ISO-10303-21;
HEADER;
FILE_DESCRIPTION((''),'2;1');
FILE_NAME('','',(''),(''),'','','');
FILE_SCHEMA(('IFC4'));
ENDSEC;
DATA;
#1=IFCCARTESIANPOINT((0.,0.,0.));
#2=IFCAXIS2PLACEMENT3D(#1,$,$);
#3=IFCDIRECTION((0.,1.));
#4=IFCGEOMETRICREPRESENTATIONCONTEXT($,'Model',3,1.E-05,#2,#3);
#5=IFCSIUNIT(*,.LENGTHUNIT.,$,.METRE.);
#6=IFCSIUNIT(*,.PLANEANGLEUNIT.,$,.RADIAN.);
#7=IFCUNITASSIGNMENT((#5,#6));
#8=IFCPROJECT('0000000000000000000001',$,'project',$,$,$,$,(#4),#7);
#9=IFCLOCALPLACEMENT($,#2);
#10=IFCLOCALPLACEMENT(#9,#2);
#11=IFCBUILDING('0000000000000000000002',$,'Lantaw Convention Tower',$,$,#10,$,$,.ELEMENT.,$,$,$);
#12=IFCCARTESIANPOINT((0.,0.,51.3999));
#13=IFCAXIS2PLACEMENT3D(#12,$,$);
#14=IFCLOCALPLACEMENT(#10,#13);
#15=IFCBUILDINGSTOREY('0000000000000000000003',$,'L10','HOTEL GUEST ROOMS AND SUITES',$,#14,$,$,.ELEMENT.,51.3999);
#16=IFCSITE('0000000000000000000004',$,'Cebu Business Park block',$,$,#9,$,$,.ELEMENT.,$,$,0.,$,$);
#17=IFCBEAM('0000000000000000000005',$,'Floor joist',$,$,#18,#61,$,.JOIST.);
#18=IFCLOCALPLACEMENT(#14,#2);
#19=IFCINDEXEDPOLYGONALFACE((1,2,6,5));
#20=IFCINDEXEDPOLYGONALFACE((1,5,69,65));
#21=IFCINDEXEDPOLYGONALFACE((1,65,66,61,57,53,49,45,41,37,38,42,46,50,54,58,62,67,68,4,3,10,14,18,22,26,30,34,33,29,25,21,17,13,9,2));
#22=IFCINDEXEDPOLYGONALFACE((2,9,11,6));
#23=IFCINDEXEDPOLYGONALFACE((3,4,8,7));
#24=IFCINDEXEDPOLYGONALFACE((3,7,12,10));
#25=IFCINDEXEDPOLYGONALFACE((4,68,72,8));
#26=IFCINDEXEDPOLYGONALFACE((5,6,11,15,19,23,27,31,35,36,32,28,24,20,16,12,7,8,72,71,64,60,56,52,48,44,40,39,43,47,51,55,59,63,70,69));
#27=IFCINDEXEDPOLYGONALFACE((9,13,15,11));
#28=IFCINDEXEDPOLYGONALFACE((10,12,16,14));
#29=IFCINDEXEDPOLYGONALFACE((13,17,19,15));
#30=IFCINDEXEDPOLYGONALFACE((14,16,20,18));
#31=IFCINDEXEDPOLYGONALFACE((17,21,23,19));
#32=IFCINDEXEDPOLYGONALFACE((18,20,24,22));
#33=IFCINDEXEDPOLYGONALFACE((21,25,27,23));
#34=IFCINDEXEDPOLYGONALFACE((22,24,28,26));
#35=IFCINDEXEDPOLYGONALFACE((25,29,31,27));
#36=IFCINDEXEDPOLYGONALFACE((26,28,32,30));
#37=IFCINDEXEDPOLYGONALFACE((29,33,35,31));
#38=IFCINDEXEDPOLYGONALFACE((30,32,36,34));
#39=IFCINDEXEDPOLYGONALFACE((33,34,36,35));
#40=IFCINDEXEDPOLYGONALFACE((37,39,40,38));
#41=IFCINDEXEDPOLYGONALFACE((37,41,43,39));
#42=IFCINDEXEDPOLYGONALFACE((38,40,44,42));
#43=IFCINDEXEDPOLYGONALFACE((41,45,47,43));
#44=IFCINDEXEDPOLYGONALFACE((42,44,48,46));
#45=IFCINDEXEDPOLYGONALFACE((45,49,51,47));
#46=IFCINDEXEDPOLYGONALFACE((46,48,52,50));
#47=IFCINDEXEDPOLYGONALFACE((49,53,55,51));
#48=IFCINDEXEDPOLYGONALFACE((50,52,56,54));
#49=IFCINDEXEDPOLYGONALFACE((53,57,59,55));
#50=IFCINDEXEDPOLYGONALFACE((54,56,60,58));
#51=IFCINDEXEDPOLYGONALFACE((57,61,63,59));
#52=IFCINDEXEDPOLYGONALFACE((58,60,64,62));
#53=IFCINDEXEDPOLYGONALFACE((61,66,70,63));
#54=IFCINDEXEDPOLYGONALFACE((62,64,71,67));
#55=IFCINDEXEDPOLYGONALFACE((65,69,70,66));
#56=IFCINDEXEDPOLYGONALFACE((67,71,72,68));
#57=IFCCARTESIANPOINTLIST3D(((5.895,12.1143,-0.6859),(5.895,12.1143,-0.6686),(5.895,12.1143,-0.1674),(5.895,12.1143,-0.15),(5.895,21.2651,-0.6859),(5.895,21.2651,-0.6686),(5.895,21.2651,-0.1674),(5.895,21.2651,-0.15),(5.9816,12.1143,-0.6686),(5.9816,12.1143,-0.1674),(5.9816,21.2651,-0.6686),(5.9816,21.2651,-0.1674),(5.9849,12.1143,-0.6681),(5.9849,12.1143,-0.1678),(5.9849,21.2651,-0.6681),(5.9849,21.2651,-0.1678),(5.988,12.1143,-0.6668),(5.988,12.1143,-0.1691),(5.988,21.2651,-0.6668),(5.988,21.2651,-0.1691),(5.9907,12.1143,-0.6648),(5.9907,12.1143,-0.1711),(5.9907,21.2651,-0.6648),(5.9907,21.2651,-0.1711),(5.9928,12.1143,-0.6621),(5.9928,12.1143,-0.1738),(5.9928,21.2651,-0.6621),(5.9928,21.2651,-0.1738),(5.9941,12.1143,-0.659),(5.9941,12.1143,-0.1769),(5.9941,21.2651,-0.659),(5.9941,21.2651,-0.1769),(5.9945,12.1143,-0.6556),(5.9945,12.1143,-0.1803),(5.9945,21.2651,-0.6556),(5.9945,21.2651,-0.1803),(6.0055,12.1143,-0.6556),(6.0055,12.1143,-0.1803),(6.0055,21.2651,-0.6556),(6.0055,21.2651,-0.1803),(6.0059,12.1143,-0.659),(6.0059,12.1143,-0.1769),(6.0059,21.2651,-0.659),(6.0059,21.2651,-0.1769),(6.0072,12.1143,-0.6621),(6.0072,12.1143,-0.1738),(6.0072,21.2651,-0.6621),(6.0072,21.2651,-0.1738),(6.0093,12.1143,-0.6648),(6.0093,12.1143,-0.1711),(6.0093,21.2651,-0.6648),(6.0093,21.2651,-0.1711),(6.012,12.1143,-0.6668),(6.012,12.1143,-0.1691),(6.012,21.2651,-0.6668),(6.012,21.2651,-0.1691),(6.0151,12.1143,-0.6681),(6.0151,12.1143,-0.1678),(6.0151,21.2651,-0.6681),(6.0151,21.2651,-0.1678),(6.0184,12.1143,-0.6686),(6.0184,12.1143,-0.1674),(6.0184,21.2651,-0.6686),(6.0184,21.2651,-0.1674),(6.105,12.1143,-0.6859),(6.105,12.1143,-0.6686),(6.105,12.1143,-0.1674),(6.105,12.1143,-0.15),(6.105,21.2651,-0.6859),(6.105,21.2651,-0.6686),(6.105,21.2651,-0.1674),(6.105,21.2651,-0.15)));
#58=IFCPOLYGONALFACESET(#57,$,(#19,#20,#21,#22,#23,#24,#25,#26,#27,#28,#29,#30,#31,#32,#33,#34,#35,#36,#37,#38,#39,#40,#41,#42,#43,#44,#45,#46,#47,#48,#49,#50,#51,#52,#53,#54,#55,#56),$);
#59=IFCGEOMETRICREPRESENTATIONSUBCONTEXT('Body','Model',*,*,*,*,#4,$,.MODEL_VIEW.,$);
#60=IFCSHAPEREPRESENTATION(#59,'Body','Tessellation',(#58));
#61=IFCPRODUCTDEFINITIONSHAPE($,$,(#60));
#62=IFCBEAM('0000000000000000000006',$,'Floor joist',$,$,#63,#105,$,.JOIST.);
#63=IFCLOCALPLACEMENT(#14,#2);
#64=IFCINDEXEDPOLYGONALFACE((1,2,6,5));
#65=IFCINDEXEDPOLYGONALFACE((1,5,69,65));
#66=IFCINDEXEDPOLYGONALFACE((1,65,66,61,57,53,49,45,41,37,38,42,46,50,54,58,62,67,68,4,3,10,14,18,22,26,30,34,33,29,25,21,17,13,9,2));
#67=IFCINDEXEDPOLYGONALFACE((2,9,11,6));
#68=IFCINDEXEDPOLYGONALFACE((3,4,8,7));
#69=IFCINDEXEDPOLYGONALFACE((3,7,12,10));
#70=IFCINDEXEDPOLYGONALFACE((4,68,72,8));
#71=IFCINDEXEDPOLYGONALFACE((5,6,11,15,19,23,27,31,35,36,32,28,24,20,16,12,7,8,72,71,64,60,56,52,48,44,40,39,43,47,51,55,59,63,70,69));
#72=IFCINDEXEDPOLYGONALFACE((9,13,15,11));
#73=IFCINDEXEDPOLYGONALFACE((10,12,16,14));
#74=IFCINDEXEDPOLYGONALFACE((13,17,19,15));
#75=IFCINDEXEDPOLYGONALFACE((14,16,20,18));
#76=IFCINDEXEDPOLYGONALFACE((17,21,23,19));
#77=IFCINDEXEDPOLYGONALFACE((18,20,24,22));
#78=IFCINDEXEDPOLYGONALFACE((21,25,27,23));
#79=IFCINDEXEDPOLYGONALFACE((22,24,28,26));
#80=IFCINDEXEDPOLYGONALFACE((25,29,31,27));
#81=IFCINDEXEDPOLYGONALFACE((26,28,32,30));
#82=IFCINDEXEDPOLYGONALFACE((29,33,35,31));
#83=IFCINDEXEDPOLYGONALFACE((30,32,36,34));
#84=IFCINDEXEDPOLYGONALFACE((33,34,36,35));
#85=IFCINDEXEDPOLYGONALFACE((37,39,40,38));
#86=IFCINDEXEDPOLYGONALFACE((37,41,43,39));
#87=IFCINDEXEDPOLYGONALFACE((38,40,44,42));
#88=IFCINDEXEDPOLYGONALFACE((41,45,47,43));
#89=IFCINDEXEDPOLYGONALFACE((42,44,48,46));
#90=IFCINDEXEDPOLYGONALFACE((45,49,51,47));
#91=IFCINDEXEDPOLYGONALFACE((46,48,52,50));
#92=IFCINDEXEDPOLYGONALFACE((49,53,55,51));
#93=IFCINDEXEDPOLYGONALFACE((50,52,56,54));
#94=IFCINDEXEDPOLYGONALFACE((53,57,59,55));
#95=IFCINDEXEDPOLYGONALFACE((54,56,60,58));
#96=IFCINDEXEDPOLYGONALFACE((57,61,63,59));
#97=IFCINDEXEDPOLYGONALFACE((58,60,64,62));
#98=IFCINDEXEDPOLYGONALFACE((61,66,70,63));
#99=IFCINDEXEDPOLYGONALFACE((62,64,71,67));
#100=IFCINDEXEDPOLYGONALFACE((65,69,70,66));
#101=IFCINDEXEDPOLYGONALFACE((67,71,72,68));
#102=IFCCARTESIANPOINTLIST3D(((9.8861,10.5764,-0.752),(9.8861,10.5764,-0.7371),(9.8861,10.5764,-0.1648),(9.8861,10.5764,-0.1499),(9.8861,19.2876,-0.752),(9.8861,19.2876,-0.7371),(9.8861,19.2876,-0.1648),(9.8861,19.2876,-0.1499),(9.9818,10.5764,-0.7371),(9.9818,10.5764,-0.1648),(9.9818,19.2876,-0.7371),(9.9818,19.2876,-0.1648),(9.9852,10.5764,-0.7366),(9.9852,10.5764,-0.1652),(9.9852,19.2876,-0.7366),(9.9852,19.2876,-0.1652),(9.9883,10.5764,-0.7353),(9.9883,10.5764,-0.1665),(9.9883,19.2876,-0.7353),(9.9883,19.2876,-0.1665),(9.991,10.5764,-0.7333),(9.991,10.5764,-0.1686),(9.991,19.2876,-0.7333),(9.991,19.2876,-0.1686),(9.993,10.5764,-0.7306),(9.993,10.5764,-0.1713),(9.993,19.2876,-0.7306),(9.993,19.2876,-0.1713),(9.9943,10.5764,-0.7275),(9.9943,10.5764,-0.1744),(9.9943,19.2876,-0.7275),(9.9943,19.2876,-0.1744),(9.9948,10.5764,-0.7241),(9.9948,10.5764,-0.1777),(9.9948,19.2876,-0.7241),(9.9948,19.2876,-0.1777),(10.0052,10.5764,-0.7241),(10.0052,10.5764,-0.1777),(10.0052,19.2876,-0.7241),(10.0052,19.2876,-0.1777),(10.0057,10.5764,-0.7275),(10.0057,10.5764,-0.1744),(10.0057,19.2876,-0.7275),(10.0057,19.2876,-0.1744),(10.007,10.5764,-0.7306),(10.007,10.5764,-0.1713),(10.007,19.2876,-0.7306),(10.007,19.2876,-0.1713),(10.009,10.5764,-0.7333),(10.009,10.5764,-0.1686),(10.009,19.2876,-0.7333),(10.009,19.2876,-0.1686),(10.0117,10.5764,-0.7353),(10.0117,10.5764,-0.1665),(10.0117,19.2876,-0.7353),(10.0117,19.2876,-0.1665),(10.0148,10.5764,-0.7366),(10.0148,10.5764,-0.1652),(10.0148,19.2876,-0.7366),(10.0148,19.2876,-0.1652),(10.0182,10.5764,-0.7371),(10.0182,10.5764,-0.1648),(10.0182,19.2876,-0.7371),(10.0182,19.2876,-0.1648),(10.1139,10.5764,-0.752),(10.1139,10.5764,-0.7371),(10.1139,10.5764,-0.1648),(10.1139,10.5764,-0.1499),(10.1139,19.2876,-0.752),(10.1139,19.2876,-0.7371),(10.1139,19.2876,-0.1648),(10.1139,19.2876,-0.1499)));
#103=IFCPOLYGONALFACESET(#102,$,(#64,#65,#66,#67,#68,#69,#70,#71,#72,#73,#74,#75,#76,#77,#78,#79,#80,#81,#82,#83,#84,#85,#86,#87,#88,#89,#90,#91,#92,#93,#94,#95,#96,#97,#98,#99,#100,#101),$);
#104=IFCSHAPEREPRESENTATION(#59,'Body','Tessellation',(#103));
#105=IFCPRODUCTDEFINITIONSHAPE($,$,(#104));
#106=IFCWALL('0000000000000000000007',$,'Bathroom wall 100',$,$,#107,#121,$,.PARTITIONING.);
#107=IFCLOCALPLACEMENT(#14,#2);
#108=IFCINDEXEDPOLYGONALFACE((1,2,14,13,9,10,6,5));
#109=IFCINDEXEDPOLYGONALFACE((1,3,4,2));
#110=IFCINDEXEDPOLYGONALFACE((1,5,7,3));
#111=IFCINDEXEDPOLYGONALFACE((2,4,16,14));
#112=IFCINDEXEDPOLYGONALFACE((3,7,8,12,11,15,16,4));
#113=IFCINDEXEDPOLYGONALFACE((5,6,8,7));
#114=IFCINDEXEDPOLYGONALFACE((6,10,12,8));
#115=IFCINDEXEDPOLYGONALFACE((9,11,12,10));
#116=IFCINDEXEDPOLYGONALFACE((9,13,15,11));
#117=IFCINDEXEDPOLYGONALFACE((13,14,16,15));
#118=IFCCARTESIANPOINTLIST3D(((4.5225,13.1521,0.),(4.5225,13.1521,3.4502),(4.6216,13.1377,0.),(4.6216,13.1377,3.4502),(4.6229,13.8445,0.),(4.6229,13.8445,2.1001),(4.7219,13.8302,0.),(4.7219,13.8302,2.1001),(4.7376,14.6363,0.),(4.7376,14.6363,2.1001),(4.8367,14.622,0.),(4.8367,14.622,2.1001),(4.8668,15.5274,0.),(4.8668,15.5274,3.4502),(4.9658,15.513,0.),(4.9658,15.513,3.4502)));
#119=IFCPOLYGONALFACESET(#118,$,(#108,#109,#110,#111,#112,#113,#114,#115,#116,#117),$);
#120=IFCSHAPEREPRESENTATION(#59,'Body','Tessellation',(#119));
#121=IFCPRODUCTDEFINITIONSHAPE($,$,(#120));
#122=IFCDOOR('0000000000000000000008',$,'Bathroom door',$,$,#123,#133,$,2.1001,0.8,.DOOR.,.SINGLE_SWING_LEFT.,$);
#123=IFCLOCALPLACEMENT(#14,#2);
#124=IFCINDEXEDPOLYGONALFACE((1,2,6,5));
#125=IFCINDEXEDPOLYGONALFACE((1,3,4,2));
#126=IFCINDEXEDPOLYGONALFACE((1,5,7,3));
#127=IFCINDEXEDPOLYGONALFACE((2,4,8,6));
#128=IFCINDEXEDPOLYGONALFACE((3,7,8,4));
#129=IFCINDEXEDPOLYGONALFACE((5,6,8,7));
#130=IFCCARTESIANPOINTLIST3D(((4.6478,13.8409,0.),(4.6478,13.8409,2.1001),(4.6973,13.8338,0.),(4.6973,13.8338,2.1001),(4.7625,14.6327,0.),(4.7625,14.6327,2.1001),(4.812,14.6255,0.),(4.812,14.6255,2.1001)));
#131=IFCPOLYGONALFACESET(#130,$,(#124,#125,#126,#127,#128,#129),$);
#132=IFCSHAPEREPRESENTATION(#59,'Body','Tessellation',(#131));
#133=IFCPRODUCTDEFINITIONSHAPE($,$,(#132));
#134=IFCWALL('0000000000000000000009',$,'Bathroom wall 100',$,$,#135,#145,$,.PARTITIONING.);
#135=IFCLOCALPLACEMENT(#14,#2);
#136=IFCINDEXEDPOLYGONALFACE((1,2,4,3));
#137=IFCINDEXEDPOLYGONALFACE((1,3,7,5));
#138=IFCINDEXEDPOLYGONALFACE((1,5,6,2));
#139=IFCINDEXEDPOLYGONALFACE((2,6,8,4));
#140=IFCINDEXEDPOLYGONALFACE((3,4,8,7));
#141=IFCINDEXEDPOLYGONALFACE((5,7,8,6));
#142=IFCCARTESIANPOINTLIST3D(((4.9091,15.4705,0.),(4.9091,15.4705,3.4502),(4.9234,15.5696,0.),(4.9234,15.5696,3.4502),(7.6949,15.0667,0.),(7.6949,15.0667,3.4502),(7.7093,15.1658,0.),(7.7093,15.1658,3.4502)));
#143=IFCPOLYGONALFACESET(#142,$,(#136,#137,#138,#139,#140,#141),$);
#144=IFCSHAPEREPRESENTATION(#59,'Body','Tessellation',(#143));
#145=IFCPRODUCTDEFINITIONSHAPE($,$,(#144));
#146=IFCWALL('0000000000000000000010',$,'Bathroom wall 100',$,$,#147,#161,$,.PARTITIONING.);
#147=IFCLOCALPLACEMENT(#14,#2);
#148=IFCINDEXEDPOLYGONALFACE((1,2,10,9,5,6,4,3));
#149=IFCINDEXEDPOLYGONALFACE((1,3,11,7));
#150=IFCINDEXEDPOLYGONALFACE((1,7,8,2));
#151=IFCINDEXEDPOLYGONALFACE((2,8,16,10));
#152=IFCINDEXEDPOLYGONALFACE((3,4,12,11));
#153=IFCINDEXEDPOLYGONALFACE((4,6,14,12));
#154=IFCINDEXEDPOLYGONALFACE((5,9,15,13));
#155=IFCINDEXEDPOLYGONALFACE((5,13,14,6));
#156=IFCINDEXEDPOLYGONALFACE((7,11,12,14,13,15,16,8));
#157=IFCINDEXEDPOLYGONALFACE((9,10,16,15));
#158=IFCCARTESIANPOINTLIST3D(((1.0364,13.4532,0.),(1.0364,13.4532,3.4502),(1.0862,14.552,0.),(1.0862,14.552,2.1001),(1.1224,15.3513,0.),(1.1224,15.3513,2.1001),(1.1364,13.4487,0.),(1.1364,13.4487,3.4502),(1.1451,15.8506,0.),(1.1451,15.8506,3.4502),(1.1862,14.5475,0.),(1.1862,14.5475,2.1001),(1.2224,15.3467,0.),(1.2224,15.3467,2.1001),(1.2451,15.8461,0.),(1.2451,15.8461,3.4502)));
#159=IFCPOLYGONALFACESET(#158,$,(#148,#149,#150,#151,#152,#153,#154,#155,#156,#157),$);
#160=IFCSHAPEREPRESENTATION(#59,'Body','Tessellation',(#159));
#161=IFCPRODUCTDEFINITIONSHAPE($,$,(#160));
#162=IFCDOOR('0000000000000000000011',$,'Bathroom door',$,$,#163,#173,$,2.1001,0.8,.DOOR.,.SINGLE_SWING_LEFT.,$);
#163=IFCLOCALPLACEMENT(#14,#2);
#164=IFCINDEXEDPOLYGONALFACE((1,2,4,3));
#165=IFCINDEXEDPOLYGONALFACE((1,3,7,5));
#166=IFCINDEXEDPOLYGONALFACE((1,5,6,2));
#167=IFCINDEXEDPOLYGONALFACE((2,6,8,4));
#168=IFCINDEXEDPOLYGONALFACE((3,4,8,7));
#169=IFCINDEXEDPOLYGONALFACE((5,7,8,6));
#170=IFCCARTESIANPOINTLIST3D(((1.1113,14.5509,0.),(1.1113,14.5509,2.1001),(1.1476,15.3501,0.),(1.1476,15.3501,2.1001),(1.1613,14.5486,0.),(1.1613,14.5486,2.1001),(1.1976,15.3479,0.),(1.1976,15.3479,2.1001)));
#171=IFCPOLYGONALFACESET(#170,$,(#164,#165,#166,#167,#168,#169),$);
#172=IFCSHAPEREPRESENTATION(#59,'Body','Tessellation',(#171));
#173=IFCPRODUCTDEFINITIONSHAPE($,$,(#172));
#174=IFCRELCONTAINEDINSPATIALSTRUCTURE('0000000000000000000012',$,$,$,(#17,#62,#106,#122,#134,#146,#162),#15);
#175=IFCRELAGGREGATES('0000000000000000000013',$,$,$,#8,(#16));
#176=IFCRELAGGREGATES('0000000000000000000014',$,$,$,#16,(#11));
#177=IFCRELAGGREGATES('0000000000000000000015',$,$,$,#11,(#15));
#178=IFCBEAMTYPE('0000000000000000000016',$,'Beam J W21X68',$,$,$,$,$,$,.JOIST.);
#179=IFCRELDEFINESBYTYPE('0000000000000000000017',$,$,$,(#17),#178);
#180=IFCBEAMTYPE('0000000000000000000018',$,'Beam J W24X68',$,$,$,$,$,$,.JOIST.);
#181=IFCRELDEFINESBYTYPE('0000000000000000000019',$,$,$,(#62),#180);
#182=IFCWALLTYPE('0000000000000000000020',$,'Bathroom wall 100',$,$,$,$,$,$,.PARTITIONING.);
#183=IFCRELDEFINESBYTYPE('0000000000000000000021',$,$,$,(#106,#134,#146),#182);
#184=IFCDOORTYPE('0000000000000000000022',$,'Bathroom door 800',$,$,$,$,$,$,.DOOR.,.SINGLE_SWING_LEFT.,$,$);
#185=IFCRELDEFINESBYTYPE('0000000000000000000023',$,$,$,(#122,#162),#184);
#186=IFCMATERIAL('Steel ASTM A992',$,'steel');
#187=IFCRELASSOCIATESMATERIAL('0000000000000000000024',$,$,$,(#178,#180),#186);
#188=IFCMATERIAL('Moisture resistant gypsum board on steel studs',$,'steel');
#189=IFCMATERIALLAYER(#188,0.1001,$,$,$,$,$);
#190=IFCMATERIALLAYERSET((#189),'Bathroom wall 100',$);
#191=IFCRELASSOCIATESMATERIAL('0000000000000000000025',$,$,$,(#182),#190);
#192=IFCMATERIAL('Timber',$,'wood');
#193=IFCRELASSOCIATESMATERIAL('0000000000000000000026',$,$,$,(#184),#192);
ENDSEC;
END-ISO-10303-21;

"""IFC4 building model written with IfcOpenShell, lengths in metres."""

from ifc_helpers import new_model, si_unit, direction, frame, frame_2d, origin, origin_2d, place, context, subcontext, project, spatial, rectangle, i_section, extrude, material, layer, layer_set, material_profile, profile_set, type_object, element, fill, save


model = new_model("IFC4")

# Units and contexts
model_context = context("Model", 3, precision=1e-05, world=origin(), true_north=direction((0.0, 1.0)))
body_context = subcontext(model_context, "Body", "Model", "MODEL_VIEW")
ifc_project = project(units=[si_unit("LENGTHUNIT", "METRE"), si_unit("PLANEANGLEUNIT", "RADIAN")], contexts=[model_context])

# Site, building, storey
site_placement = place(None, origin())
site = spatial("IfcSite", under=ifc_project, at=site_placement, Name="Cebu Business Park block", CompositionType="ELEMENT", RefElevation=0.0)
building_placement = place(site_placement, origin())
building = spatial("IfcBuilding", under=site, at=building_placement, Name="Lantaw Convention Tower", CompositionType="ELEMENT")
storey_placement = place(building_placement, frame((0.0, 0.0, 51.3999)))
storey = spatial("IfcBuildingStorey", under=building, at=storey_placement, Name="L10", Description="HOTEL GUEST ROOMS AND SUITES", CompositionType="ELEMENT", Elevation=51.3999)

# Beams
ifc_material_1 = material(Name="Steel ASTM A992", Category="steel")
ifc_material_profile_1 = material_profile(ifc_material_1, i_section(OverallWidth=0.21, OverallDepth=0.5359, WebThickness=0.011, FlangeThickness=0.0173, FilletRadius=0.0129, at=origin_2d()), Name="W21X68")
ifc_profile_set_1 = profile_set([ifc_material_profile_1], Name="Steel ASTM A992")
beam_type_1 = type_object("IfcBeamType", Name="Beam J W21X68", PredefinedType="JOIST", material=ifc_profile_set_1)
beam_1_placement = place(storey_placement, frame((6.0, 12.1143, -0.418), z_axis=(0.0, 1.0, 0.0), x_axis=(-1.0, 0.0, 0.0)))
element("IfcBeam", 1, at=beam_1_placement, inside=storey, type_object=beam_type_1, Name="Floor joist", PredefinedType="JOIST", context=body_context, shape_type="SweptSolid", body=[
    extrude(i_section(OverallWidth=0.21, OverallDepth=0.5359, WebThickness=0.011, FlangeThickness=0.0173, FilletRadius=0.0129, at=origin_2d()), origin(), (0.0, 0.0, 1.0), 9.1509),
])
ifc_material_profile_2 = material_profile(ifc_material_1, i_section(OverallWidth=0.2278, OverallDepth=0.6021, WebThickness=0.0105, FlangeThickness=0.0149, FilletRadius=0.0129, at=origin_2d()), Name="W24X68")
ifc_profile_set_2 = profile_set([ifc_material_profile_2], Name="Steel ASTM A992")
beam_type_2 = type_object("IfcBeamType", Name="Beam J W24X68", PredefinedType="JOIST", material=ifc_profile_set_2)
beam_2_placement = place(storey_placement, frame((10.0, 10.5764, -0.4509), z_axis=(0.0, 1.0, 0.0), x_axis=(-1.0, 0.0, 0.0)))
element("IfcBeam", 2, at=beam_2_placement, inside=storey, type_object=beam_type_2, Name="Floor joist", PredefinedType="JOIST", context=body_context, shape_type="SweptSolid", body=[
    extrude(i_section(OverallWidth=0.2278, OverallDepth=0.6021, WebThickness=0.0105, FlangeThickness=0.0149, FilletRadius=0.0129, at=origin_2d()), origin(), (0.0, 0.0, 1.0), 8.7112),
])

# Wall, opening, door
ifc_material_2 = material(Name="Moisture resistant gypsum board on steel studs", Category="steel")
ifc_layer_1 = layer(ifc_material_2, 0.1001)
ifc_layer_set_1 = layer_set([ifc_layer_1], Name="Bathroom wall 100")
wall_type_1 = type_object("IfcWallType", Name="Bathroom wall 100", PredefinedType="PARTITIONING", material=ifc_layer_set_1)
wall_1_placement = place(storey_placement, frame((4.572, 13.1448, 0.0), z_axis=(0.0, 0.0, 1.0), x_axis=(0.143429, 0.989661, 0.0)))
wall_1 = element("IfcWall", 3, at=wall_1_placement, inside=storey, type_object=wall_type_1, Name="Bathroom wall 100", PredefinedType="PARTITIONING", context=body_context, shape_type="SweptSolid", body=[
    extrude(rectangle(XDim=2.4001, YDim=0.1001, at=frame_2d((1.2002, 0.0))), origin(), (0.0, 0.0, 1.0), 3.4502),
])
opening_1_placement = place(wall_1_placement, frame((0.7, 0.0, 0.0)))
opening_1 = element("IfcOpeningElement", 4, at=opening_1_placement, cuts=wall_1, PredefinedType="OPENING", context=body_context, shape_type="SweptSolid", body=[
    extrude(rectangle(XDim=0.8, YDim=2.1001, at=frame_2d((0.3999, 1.05))), frame((0.0, 0.0601, 0.0), z_axis=(0.0, -1.0, 0.0), x_axis=(1.0, 0.0, 0.0)), (0.0, 0.0, 1.0), 0.1201),
])
ifc_material_3 = material(Name="Timber", Category="wood")
door_type_1 = type_object("IfcDoorType", Name="Bathroom door 800", OperationType="SINGLE_SWING_LEFT", PredefinedType="DOOR", material=ifc_material_3)
door_1_placement = place(opening_1_placement, origin())
door_1 = element("IfcDoor", 5, at=door_1_placement, inside=storey, type_object=door_type_1, Name="Bathroom door", OperationType="SINGLE_SWING_LEFT", OverallHeight=2.1001, OverallWidth=0.8, PredefinedType="DOOR", context=body_context, shape_type="SweptSolid", body=[
    extrude(rectangle(XDim=0.8, YDim=2.1001, at=frame_2d((0.3999, 1.05))), frame((0.0, 0.0249, 0.0), z_axis=(0.0, -1.0, 0.0), x_axis=(1.0, 0.0, 0.0)), (0.0, 0.0, 1.0), 0.05),
])
fill(opening_1, door_1)

# Wall
wall_2_placement = place(storey_placement, frame((4.9163, 15.52, 0.0), z_axis=(0.0, 0.0, 1.0), x_axis=(0.989658, -0.143449, 0.0)))
element("IfcWall", 6, at=wall_2_placement, inside=storey, type_object=wall_type_1, Name="Bathroom wall 100", PredefinedType="PARTITIONING", context=body_context, shape_type="SweptSolid", body=[
    extrude(rectangle(XDim=2.8149, YDim=0.1001, at=frame_2d((1.4075, 0.0))), origin(), (0.0, 0.0, 1.0), 3.4502),
])

# Wall, opening, door
wall_3_placement = place(storey_placement, frame((1.0864, 13.4509, 0.0), z_axis=(0.0, 0.0, 1.0), x_axis=(0.045269, 0.998975, 0.0)))
wall_3 = element("IfcWall", 7, at=wall_3_placement, inside=storey, type_object=wall_type_1, Name="Bathroom wall 100", PredefinedType="PARTITIONING", context=body_context, shape_type="SweptSolid", body=[
    extrude(rectangle(XDim=2.3999, YDim=0.1001, at=frame_2d((1.2, 0.0))), origin(), (0.0, 0.0, 1.0), 3.4502),
])
opening_2_placement = place(wall_3_placement, frame((1.1001, 0.0, 0.0)))
opening_2 = element("IfcOpeningElement", 8, at=opening_2_placement, cuts=wall_3, PredefinedType="OPENING", context=body_context, shape_type="SweptSolid", body=[
    extrude(rectangle(XDim=0.8, YDim=2.1001, at=frame_2d((0.3999, 1.05))), frame((0.0, 0.0601, 0.0), z_axis=(0.0, -1.0, 0.0), x_axis=(1.0, 0.0, 0.0)), (0.0, 0.0, 1.0), 0.1201),
])
door_2_placement = place(opening_2_placement, origin())
door_2 = element("IfcDoor", 9, at=door_2_placement, inside=storey, type_object=door_type_1, Name="Bathroom door", OperationType="SINGLE_SWING_LEFT", OverallHeight=2.1001, OverallWidth=0.8, PredefinedType="DOOR", context=body_context, shape_type="SweptSolid", body=[
    extrude(rectangle(XDim=0.8, YDim=2.1001, at=frame_2d((0.3999, 1.05))), frame((0.0, 0.0249, 0.0), z_axis=(0.0, -1.0, 0.0), x_axis=(1.0, 0.0, 0.0)), (0.0, 0.0, 1.0), 0.05),
])
fill(opening_2, door_2)

save(model, "model.ifc")
